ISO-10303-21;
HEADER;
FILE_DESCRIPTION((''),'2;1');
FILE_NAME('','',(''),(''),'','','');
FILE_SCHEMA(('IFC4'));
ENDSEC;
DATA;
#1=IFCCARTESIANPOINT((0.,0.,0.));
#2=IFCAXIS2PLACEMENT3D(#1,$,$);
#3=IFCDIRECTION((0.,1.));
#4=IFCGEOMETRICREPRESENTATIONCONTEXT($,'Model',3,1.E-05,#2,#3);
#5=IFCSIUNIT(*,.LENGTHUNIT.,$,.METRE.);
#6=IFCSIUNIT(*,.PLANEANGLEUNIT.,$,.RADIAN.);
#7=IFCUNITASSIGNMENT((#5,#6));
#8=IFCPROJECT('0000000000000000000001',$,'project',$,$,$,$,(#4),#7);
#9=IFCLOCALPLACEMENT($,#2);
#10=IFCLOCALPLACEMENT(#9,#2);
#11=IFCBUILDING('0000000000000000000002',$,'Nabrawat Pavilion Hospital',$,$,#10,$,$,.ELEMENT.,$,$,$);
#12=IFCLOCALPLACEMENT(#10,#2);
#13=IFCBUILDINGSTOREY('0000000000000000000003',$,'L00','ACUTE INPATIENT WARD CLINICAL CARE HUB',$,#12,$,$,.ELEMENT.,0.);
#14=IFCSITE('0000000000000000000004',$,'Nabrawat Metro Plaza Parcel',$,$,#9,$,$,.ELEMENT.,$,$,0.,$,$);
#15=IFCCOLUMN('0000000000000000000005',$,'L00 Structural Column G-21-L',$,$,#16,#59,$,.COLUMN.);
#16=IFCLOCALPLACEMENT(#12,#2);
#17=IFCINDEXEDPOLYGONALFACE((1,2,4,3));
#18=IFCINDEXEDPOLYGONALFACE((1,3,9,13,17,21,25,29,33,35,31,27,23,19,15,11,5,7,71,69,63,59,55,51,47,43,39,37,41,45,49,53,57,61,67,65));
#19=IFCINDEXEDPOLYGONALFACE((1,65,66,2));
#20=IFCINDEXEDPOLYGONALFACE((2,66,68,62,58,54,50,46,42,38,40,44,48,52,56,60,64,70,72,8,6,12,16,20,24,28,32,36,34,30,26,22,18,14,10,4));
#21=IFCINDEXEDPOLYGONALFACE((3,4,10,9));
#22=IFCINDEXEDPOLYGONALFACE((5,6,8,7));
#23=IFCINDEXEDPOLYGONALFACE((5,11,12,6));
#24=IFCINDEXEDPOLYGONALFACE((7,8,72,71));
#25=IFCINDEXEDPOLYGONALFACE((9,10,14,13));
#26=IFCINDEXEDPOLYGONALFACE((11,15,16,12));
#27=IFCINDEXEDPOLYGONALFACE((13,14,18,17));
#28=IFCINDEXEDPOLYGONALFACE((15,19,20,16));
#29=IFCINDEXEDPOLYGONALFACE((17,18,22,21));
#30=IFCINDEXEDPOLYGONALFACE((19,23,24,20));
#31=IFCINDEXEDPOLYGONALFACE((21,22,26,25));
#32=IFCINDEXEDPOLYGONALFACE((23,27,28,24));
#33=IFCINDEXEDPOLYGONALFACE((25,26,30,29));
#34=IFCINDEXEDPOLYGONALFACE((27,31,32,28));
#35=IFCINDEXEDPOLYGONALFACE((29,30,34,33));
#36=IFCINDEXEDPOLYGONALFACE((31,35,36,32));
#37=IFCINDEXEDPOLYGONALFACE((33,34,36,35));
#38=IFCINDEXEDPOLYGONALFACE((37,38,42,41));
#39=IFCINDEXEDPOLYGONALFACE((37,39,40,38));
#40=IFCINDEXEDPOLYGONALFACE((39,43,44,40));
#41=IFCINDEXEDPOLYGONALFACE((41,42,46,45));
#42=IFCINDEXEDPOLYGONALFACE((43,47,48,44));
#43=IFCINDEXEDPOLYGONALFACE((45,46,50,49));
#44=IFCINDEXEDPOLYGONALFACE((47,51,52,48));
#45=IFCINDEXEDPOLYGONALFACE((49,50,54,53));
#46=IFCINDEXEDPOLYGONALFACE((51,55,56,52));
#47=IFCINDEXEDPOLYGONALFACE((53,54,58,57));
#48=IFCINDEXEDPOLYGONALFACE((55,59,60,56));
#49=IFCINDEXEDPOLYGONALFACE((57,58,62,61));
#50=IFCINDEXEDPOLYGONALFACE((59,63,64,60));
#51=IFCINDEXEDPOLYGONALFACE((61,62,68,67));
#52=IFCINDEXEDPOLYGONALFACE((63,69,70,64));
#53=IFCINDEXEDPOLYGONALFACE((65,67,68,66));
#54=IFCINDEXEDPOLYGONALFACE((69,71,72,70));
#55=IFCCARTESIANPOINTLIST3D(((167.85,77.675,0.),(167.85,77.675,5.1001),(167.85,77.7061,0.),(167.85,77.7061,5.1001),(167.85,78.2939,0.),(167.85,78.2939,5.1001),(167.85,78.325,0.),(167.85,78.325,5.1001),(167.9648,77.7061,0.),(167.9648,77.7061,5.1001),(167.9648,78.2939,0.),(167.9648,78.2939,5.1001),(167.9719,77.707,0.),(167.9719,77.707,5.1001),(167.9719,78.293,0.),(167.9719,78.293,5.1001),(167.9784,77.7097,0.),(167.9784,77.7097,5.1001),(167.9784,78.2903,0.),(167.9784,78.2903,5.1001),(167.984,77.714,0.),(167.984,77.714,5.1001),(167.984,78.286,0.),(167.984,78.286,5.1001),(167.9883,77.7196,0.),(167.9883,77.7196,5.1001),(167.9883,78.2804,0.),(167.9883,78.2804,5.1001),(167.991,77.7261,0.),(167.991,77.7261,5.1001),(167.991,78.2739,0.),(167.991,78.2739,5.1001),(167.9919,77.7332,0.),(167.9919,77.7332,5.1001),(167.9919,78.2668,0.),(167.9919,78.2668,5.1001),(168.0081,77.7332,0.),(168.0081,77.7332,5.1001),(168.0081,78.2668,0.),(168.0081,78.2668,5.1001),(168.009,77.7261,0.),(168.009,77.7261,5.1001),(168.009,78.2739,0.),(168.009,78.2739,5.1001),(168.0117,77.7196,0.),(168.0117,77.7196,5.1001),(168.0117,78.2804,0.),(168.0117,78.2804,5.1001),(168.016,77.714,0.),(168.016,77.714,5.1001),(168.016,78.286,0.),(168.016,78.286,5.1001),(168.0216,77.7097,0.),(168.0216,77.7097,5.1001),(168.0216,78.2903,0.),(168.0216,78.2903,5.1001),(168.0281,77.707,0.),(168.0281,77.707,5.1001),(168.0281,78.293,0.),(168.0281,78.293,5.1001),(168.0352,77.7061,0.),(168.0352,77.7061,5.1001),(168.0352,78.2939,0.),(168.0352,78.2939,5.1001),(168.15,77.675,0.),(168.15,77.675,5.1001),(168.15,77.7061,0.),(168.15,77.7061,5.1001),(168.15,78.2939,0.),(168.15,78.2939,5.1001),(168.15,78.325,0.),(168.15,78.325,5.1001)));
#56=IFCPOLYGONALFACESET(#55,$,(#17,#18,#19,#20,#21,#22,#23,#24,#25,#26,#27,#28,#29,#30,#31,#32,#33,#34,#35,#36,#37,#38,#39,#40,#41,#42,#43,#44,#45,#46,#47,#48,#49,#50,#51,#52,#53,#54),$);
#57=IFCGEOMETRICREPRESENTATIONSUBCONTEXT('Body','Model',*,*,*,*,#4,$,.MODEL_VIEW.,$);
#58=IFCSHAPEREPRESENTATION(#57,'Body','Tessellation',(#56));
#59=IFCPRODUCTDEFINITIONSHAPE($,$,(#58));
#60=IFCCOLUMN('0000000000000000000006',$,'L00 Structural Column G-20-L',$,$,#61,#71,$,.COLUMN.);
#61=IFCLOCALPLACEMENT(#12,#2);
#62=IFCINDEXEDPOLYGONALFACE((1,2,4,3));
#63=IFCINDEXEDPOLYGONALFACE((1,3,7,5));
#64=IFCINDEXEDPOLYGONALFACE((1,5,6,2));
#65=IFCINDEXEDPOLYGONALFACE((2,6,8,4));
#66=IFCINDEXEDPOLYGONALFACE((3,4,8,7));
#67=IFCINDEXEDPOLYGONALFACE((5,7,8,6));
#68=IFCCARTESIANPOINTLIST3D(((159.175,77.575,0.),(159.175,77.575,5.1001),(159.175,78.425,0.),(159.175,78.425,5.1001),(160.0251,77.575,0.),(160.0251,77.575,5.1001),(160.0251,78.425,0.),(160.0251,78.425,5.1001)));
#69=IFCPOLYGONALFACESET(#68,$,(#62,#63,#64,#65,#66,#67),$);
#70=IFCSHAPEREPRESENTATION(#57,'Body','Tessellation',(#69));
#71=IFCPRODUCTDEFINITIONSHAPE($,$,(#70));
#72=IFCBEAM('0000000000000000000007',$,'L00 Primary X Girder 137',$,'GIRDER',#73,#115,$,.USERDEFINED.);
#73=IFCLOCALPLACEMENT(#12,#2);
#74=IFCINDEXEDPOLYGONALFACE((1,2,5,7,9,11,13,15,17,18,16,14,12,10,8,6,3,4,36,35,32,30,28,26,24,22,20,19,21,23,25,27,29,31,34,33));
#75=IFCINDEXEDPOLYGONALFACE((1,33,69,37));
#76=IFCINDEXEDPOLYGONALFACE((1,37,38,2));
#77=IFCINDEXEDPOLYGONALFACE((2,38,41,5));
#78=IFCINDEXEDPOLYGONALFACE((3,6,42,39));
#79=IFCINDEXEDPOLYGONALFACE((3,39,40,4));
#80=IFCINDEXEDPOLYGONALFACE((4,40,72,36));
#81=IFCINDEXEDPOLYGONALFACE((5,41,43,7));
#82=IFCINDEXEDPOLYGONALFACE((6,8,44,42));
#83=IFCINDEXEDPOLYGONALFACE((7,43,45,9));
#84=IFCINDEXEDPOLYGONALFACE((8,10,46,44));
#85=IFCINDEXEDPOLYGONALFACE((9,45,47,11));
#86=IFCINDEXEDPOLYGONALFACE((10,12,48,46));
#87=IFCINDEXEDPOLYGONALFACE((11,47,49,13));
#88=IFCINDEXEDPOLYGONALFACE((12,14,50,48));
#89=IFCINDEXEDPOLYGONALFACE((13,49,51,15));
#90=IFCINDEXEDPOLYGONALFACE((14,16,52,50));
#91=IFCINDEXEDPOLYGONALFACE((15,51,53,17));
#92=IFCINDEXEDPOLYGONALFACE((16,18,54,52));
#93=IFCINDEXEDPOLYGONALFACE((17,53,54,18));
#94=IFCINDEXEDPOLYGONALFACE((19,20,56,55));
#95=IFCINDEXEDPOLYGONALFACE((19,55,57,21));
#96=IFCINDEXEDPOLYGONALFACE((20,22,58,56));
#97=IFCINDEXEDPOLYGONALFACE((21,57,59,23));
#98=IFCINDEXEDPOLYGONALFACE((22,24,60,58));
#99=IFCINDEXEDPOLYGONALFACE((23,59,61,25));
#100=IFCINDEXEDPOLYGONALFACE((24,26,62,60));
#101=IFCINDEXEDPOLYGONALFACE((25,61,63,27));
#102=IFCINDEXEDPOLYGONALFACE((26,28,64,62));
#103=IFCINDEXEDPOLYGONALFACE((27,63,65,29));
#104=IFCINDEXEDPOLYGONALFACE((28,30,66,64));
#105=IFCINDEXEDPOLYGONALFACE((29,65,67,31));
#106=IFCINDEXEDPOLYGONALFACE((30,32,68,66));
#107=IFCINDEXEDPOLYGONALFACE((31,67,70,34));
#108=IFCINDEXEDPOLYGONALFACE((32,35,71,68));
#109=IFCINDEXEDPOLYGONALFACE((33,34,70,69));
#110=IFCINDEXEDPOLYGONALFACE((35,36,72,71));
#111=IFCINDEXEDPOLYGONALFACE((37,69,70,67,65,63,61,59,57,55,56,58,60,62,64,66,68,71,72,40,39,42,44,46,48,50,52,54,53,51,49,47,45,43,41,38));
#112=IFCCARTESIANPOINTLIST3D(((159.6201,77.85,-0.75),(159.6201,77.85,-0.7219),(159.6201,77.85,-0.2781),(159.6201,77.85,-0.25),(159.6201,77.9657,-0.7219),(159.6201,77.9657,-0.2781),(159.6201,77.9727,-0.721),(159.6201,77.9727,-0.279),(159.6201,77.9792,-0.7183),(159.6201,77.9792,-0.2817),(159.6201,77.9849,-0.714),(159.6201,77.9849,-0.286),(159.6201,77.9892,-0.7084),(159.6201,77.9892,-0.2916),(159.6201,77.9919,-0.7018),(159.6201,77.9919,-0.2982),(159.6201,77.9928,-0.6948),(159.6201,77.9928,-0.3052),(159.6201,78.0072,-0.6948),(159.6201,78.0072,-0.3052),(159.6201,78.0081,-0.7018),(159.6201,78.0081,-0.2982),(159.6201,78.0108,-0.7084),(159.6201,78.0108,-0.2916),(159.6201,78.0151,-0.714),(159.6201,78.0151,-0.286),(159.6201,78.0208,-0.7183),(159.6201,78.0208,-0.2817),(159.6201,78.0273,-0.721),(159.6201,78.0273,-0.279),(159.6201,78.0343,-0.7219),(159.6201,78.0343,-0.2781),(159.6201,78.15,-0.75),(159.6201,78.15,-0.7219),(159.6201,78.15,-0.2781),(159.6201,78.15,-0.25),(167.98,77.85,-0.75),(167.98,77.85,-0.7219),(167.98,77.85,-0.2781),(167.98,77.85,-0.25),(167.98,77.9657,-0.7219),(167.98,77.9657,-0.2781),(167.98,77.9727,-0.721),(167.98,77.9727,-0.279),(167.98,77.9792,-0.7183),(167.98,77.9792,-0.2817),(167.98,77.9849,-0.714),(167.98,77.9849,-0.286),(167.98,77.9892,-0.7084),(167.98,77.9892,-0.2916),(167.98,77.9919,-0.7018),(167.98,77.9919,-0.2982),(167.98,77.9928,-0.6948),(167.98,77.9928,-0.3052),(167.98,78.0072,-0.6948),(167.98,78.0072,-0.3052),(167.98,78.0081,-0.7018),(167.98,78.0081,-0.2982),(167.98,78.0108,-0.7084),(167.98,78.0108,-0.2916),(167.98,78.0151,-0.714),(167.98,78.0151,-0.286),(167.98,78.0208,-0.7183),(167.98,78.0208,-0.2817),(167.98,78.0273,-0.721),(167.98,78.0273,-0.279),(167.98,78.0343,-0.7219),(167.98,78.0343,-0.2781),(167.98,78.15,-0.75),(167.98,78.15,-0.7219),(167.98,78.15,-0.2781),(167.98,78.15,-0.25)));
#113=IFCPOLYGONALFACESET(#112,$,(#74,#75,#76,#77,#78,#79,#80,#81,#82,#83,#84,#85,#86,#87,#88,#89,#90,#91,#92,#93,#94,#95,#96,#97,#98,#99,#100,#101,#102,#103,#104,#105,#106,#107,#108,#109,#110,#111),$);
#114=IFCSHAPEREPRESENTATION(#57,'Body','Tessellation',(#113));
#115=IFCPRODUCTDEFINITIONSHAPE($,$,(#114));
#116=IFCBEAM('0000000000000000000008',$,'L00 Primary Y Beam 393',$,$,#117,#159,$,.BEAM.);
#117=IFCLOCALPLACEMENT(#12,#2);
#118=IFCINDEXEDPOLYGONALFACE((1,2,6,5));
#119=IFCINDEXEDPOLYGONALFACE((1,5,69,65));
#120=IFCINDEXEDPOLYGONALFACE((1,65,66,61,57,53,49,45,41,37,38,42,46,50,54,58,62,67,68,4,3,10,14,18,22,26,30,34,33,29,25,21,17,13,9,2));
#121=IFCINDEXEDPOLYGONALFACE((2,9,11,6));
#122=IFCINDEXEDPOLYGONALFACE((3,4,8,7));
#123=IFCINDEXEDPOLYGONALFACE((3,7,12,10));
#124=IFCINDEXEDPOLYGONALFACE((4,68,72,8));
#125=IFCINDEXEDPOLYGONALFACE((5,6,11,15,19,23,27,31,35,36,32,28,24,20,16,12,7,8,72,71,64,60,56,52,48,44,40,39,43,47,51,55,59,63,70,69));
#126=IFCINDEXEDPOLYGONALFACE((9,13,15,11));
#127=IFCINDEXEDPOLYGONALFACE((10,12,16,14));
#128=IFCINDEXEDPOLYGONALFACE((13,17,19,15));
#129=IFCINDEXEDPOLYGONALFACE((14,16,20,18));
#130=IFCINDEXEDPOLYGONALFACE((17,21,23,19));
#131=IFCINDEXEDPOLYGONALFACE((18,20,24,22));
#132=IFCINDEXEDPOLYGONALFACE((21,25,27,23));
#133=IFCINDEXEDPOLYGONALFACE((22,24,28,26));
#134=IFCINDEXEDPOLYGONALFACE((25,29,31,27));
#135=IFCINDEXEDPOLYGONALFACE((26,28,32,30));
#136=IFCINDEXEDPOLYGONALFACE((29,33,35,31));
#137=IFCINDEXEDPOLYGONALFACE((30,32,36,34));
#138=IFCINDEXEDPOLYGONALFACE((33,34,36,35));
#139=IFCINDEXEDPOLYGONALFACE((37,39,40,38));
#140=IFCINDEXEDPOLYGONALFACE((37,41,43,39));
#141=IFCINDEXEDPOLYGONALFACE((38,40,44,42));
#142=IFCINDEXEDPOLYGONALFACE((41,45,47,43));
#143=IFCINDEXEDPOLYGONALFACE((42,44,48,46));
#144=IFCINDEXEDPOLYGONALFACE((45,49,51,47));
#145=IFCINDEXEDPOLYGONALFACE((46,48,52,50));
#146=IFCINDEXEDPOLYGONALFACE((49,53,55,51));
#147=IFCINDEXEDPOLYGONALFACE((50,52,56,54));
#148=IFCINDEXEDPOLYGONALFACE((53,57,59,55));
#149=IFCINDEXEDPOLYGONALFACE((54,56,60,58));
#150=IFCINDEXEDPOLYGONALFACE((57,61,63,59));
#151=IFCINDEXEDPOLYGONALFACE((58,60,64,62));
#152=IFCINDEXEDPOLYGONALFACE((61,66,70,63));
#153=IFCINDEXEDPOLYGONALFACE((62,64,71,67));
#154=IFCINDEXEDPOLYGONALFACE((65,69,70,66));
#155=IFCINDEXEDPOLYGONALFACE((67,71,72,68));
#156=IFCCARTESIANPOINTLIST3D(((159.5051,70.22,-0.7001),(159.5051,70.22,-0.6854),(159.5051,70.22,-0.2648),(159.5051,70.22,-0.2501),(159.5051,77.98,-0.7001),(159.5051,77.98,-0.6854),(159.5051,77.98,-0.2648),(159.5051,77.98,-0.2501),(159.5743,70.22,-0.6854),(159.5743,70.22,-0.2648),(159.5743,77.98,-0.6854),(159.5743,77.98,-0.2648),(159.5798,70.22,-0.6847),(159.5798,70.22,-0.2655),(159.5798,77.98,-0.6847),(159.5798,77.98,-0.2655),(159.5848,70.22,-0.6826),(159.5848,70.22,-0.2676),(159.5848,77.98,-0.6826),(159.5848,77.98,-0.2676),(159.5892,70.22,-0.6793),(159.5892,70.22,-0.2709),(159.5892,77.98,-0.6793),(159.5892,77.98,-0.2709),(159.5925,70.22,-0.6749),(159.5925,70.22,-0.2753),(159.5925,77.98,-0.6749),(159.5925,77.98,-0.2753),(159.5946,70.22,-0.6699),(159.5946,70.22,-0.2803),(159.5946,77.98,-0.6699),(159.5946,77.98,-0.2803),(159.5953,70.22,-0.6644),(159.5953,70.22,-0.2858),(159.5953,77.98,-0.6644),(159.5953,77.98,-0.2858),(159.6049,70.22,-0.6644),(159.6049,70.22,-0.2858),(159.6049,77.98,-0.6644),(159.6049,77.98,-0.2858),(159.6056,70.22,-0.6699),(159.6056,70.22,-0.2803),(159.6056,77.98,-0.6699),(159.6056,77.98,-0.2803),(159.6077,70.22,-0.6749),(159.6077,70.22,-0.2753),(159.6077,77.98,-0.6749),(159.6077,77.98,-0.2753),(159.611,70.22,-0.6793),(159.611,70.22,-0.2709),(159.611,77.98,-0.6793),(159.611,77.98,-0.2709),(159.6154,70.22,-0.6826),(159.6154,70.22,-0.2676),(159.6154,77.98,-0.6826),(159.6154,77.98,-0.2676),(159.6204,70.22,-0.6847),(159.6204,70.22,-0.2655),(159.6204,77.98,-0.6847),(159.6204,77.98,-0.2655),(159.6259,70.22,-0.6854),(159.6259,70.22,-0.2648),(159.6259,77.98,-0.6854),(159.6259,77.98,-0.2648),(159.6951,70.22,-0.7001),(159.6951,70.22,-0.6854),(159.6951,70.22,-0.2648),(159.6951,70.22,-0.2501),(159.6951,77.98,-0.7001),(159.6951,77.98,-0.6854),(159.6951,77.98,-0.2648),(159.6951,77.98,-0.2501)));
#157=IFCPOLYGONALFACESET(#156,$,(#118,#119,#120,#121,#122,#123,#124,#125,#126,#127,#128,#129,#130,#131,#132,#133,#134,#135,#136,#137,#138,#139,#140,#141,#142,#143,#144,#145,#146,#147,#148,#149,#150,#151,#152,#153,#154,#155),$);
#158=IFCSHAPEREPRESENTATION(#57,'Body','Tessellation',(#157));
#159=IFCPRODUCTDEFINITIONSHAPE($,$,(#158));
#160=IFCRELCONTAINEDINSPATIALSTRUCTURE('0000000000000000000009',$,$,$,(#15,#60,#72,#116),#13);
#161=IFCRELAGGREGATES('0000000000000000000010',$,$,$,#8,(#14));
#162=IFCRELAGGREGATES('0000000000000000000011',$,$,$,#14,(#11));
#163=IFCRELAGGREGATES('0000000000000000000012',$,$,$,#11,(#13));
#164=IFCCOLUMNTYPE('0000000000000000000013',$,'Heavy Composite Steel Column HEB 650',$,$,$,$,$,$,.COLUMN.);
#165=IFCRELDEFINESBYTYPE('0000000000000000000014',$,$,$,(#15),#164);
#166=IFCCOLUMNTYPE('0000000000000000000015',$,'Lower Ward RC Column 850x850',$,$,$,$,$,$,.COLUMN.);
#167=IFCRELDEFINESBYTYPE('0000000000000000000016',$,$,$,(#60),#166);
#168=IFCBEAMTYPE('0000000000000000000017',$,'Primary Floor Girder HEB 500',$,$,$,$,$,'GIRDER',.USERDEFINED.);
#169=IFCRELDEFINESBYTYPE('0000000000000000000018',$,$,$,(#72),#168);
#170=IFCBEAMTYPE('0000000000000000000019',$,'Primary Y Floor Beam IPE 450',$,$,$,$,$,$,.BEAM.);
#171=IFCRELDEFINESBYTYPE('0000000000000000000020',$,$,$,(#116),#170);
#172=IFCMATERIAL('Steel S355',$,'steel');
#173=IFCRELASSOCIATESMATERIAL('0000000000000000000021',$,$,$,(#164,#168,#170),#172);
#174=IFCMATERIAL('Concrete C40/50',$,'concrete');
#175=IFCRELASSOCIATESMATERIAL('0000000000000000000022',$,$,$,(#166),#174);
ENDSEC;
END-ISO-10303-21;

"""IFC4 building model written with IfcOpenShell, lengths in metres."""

from ifc_helpers import new_model, si_unit, direction, frame, origin, origin_2d, place, context, subcontext, project, spatial, rectangle, i_section, extrude, material, material_profile, profile_set, type_object, element, save


model = new_model("IFC4")

# Units and contexts
model_context = context("Model", 3, precision=1e-05, world=origin(), true_north=direction((0.0, 1.0)))
body_context = subcontext(model_context, "Body", "Model", "MODEL_VIEW")
ifc_project = project(units=[si_unit("LENGTHUNIT", "METRE"), si_unit("PLANEANGLEUNIT", "RADIAN")], contexts=[model_context])

# Site, building, storey
site_placement = place(None, origin())
site = spatial("IfcSite", under=ifc_project, at=site_placement, Name="Nabrawat Metro Plaza Parcel", CompositionType="ELEMENT", RefElevation=0.0)
building_placement = place(site_placement, origin())
building = spatial("IfcBuilding", under=site, at=building_placement, Name="Nabrawat Pavilion Hospital", CompositionType="ELEMENT")
storey_placement = place(building_placement, origin())
storey = spatial("IfcBuildingStorey", under=building, at=storey_placement, Name="L00", Description="ACUTE INPATIENT WARD CLINICAL CARE HUB", CompositionType="ELEMENT", Elevation=0.0)

# Columns
ifc_material_1 = material(Name="Steel S355", Category="steel")
ifc_material_profile_1 = material_profile(ifc_material_1, i_section(OverallWidth=0.3, OverallDepth=0.6499, WebThickness=0.0161, FlangeThickness=0.031, FilletRadius=0.0271, at=origin_2d()), Name="HEB 650")
ifc_profile_set_1 = profile_set([ifc_material_profile_1], Name="Steel S355")
column_type_1 = type_object("IfcColumnType", Name="Heavy Composite Steel Column HEB 650", PredefinedType="COLUMN", material=ifc_profile_set_1)
column_1_placement = place(storey_placement, frame((168.0, 78.0, 0.0), z_axis=(0.0, 0.0, 1.0), x_axis=(1.0, 0.0, 0.0)))
element("IfcColumn", 1, at=column_1_placement, inside=storey, type_object=column_type_1, Name="L00 Structural Column G-21-L", PredefinedType="COLUMN", context=body_context, shape_type="SweptSolid", body=[
    extrude(i_section(OverallWidth=0.3, OverallDepth=0.6499, WebThickness=0.0161, FlangeThickness=0.031, FilletRadius=0.0271, at=origin_2d()), origin(), (0.0, 0.0, 1.0), 5.1001),
])
ifc_material_2 = material(Name="Concrete C40/50", Category="concrete")
ifc_material_profile_2 = material_profile(ifc_material_2, rectangle(XDim=0.8501, YDim=0.8501, at=origin_2d()), Name="RC 850x850")
ifc_profile_set_2 = profile_set([ifc_material_profile_2], Name="Concrete C40/50")
column_type_2 = type_object("IfcColumnType", Name="Lower Ward RC Column 850x850", PredefinedType="COLUMN", material=ifc_profile_set_2)
column_2_placement = place(storey_placement, frame((159.6001, 78.0, 0.0), z_axis=(0.0, 0.0, 1.0), x_axis=(1.0, 0.0, 0.0)))
element("IfcColumn", 2, at=column_2_placement, inside=storey, type_object=column_type_2, Name="L00 Structural Column G-20-L", PredefinedType="COLUMN", context=body_context, shape_type="SweptSolid", body=[
    extrude(rectangle(XDim=0.8501, YDim=0.8501, at=origin_2d()), origin(), (0.0, 0.0, 1.0), 5.1001),
])

# Beams
ifc_material_profile_3 = material_profile(ifc_material_1, i_section(OverallWidth=0.3, OverallDepth=0.5, WebThickness=0.0144, FlangeThickness=0.0281, FilletRadius=0.0271, at=origin_2d()), Name="HEB 500")
ifc_profile_set_3 = profile_set([ifc_material_profile_3], Name="Steel S355")
beam_type_1 = type_object("IfcBeamType", Name="Primary Floor Girder HEB 500", ElementType="GIRDER", PredefinedType="USERDEFINED", material=ifc_profile_set_3)
beam_placement = place(storey_placement, frame((159.6201, 78.0, -0.5), z_axis=(1.0, 0.0, 0.0), x_axis=(0.0, 1.0, 0.0)))
element("IfcBeam", 3, at=beam_placement, inside=storey, type_object=beam_type_1, Name="L00 Primary X Girder 137", ObjectType="GIRDER", PredefinedType="USERDEFINED", context=body_context, shape_type="SweptSolid", body=[
    extrude(i_section(OverallWidth=0.3, OverallDepth=0.5, WebThickness=0.0144, FlangeThickness=0.0281, FilletRadius=0.0271, at=origin_2d()), origin(), (0.0, 0.0, 1.0), 8.3599),
])
ifc_material_profile_4 = material_profile(ifc_material_1, i_section(OverallWidth=0.1899, OverallDepth=0.45, WebThickness=0.0095, FlangeThickness=0.0146, FilletRadius=0.021, at=origin_2d()), Name="IPE 450")
ifc_profile_set_4 = profile_set([ifc_material_profile_4], Name="Steel S355")
beam_type_2 = type_object("IfcBeamType", Name="Primary Y Floor Beam IPE 450", PredefinedType="BEAM", material=ifc_profile_set_4)
for number, where, z_axis, x_axis, name in (
    (4, (159.6001, 70.22, -0.4751), (0.0, 1.0, 0.0), (-1.0, 0.0, 0.0), "L00 Primary Y Beam 393"),
):
    element("IfcBeam", number, at=place(storey_placement, frame(where, z_axis=z_axis, x_axis=x_axis)), inside=storey, type_object=beam_type_2, Name=name, PredefinedType="BEAM", context=body_context, shape_type="SweptSolid", body=[
        extrude(i_section(OverallWidth=0.1899, OverallDepth=0.45, WebThickness=0.0095, FlangeThickness=0.0146, FilletRadius=0.021, at=origin_2d()), origin(), (0.0, 0.0, 1.0), 7.76),
    ])

save(model, "model.ifc")
